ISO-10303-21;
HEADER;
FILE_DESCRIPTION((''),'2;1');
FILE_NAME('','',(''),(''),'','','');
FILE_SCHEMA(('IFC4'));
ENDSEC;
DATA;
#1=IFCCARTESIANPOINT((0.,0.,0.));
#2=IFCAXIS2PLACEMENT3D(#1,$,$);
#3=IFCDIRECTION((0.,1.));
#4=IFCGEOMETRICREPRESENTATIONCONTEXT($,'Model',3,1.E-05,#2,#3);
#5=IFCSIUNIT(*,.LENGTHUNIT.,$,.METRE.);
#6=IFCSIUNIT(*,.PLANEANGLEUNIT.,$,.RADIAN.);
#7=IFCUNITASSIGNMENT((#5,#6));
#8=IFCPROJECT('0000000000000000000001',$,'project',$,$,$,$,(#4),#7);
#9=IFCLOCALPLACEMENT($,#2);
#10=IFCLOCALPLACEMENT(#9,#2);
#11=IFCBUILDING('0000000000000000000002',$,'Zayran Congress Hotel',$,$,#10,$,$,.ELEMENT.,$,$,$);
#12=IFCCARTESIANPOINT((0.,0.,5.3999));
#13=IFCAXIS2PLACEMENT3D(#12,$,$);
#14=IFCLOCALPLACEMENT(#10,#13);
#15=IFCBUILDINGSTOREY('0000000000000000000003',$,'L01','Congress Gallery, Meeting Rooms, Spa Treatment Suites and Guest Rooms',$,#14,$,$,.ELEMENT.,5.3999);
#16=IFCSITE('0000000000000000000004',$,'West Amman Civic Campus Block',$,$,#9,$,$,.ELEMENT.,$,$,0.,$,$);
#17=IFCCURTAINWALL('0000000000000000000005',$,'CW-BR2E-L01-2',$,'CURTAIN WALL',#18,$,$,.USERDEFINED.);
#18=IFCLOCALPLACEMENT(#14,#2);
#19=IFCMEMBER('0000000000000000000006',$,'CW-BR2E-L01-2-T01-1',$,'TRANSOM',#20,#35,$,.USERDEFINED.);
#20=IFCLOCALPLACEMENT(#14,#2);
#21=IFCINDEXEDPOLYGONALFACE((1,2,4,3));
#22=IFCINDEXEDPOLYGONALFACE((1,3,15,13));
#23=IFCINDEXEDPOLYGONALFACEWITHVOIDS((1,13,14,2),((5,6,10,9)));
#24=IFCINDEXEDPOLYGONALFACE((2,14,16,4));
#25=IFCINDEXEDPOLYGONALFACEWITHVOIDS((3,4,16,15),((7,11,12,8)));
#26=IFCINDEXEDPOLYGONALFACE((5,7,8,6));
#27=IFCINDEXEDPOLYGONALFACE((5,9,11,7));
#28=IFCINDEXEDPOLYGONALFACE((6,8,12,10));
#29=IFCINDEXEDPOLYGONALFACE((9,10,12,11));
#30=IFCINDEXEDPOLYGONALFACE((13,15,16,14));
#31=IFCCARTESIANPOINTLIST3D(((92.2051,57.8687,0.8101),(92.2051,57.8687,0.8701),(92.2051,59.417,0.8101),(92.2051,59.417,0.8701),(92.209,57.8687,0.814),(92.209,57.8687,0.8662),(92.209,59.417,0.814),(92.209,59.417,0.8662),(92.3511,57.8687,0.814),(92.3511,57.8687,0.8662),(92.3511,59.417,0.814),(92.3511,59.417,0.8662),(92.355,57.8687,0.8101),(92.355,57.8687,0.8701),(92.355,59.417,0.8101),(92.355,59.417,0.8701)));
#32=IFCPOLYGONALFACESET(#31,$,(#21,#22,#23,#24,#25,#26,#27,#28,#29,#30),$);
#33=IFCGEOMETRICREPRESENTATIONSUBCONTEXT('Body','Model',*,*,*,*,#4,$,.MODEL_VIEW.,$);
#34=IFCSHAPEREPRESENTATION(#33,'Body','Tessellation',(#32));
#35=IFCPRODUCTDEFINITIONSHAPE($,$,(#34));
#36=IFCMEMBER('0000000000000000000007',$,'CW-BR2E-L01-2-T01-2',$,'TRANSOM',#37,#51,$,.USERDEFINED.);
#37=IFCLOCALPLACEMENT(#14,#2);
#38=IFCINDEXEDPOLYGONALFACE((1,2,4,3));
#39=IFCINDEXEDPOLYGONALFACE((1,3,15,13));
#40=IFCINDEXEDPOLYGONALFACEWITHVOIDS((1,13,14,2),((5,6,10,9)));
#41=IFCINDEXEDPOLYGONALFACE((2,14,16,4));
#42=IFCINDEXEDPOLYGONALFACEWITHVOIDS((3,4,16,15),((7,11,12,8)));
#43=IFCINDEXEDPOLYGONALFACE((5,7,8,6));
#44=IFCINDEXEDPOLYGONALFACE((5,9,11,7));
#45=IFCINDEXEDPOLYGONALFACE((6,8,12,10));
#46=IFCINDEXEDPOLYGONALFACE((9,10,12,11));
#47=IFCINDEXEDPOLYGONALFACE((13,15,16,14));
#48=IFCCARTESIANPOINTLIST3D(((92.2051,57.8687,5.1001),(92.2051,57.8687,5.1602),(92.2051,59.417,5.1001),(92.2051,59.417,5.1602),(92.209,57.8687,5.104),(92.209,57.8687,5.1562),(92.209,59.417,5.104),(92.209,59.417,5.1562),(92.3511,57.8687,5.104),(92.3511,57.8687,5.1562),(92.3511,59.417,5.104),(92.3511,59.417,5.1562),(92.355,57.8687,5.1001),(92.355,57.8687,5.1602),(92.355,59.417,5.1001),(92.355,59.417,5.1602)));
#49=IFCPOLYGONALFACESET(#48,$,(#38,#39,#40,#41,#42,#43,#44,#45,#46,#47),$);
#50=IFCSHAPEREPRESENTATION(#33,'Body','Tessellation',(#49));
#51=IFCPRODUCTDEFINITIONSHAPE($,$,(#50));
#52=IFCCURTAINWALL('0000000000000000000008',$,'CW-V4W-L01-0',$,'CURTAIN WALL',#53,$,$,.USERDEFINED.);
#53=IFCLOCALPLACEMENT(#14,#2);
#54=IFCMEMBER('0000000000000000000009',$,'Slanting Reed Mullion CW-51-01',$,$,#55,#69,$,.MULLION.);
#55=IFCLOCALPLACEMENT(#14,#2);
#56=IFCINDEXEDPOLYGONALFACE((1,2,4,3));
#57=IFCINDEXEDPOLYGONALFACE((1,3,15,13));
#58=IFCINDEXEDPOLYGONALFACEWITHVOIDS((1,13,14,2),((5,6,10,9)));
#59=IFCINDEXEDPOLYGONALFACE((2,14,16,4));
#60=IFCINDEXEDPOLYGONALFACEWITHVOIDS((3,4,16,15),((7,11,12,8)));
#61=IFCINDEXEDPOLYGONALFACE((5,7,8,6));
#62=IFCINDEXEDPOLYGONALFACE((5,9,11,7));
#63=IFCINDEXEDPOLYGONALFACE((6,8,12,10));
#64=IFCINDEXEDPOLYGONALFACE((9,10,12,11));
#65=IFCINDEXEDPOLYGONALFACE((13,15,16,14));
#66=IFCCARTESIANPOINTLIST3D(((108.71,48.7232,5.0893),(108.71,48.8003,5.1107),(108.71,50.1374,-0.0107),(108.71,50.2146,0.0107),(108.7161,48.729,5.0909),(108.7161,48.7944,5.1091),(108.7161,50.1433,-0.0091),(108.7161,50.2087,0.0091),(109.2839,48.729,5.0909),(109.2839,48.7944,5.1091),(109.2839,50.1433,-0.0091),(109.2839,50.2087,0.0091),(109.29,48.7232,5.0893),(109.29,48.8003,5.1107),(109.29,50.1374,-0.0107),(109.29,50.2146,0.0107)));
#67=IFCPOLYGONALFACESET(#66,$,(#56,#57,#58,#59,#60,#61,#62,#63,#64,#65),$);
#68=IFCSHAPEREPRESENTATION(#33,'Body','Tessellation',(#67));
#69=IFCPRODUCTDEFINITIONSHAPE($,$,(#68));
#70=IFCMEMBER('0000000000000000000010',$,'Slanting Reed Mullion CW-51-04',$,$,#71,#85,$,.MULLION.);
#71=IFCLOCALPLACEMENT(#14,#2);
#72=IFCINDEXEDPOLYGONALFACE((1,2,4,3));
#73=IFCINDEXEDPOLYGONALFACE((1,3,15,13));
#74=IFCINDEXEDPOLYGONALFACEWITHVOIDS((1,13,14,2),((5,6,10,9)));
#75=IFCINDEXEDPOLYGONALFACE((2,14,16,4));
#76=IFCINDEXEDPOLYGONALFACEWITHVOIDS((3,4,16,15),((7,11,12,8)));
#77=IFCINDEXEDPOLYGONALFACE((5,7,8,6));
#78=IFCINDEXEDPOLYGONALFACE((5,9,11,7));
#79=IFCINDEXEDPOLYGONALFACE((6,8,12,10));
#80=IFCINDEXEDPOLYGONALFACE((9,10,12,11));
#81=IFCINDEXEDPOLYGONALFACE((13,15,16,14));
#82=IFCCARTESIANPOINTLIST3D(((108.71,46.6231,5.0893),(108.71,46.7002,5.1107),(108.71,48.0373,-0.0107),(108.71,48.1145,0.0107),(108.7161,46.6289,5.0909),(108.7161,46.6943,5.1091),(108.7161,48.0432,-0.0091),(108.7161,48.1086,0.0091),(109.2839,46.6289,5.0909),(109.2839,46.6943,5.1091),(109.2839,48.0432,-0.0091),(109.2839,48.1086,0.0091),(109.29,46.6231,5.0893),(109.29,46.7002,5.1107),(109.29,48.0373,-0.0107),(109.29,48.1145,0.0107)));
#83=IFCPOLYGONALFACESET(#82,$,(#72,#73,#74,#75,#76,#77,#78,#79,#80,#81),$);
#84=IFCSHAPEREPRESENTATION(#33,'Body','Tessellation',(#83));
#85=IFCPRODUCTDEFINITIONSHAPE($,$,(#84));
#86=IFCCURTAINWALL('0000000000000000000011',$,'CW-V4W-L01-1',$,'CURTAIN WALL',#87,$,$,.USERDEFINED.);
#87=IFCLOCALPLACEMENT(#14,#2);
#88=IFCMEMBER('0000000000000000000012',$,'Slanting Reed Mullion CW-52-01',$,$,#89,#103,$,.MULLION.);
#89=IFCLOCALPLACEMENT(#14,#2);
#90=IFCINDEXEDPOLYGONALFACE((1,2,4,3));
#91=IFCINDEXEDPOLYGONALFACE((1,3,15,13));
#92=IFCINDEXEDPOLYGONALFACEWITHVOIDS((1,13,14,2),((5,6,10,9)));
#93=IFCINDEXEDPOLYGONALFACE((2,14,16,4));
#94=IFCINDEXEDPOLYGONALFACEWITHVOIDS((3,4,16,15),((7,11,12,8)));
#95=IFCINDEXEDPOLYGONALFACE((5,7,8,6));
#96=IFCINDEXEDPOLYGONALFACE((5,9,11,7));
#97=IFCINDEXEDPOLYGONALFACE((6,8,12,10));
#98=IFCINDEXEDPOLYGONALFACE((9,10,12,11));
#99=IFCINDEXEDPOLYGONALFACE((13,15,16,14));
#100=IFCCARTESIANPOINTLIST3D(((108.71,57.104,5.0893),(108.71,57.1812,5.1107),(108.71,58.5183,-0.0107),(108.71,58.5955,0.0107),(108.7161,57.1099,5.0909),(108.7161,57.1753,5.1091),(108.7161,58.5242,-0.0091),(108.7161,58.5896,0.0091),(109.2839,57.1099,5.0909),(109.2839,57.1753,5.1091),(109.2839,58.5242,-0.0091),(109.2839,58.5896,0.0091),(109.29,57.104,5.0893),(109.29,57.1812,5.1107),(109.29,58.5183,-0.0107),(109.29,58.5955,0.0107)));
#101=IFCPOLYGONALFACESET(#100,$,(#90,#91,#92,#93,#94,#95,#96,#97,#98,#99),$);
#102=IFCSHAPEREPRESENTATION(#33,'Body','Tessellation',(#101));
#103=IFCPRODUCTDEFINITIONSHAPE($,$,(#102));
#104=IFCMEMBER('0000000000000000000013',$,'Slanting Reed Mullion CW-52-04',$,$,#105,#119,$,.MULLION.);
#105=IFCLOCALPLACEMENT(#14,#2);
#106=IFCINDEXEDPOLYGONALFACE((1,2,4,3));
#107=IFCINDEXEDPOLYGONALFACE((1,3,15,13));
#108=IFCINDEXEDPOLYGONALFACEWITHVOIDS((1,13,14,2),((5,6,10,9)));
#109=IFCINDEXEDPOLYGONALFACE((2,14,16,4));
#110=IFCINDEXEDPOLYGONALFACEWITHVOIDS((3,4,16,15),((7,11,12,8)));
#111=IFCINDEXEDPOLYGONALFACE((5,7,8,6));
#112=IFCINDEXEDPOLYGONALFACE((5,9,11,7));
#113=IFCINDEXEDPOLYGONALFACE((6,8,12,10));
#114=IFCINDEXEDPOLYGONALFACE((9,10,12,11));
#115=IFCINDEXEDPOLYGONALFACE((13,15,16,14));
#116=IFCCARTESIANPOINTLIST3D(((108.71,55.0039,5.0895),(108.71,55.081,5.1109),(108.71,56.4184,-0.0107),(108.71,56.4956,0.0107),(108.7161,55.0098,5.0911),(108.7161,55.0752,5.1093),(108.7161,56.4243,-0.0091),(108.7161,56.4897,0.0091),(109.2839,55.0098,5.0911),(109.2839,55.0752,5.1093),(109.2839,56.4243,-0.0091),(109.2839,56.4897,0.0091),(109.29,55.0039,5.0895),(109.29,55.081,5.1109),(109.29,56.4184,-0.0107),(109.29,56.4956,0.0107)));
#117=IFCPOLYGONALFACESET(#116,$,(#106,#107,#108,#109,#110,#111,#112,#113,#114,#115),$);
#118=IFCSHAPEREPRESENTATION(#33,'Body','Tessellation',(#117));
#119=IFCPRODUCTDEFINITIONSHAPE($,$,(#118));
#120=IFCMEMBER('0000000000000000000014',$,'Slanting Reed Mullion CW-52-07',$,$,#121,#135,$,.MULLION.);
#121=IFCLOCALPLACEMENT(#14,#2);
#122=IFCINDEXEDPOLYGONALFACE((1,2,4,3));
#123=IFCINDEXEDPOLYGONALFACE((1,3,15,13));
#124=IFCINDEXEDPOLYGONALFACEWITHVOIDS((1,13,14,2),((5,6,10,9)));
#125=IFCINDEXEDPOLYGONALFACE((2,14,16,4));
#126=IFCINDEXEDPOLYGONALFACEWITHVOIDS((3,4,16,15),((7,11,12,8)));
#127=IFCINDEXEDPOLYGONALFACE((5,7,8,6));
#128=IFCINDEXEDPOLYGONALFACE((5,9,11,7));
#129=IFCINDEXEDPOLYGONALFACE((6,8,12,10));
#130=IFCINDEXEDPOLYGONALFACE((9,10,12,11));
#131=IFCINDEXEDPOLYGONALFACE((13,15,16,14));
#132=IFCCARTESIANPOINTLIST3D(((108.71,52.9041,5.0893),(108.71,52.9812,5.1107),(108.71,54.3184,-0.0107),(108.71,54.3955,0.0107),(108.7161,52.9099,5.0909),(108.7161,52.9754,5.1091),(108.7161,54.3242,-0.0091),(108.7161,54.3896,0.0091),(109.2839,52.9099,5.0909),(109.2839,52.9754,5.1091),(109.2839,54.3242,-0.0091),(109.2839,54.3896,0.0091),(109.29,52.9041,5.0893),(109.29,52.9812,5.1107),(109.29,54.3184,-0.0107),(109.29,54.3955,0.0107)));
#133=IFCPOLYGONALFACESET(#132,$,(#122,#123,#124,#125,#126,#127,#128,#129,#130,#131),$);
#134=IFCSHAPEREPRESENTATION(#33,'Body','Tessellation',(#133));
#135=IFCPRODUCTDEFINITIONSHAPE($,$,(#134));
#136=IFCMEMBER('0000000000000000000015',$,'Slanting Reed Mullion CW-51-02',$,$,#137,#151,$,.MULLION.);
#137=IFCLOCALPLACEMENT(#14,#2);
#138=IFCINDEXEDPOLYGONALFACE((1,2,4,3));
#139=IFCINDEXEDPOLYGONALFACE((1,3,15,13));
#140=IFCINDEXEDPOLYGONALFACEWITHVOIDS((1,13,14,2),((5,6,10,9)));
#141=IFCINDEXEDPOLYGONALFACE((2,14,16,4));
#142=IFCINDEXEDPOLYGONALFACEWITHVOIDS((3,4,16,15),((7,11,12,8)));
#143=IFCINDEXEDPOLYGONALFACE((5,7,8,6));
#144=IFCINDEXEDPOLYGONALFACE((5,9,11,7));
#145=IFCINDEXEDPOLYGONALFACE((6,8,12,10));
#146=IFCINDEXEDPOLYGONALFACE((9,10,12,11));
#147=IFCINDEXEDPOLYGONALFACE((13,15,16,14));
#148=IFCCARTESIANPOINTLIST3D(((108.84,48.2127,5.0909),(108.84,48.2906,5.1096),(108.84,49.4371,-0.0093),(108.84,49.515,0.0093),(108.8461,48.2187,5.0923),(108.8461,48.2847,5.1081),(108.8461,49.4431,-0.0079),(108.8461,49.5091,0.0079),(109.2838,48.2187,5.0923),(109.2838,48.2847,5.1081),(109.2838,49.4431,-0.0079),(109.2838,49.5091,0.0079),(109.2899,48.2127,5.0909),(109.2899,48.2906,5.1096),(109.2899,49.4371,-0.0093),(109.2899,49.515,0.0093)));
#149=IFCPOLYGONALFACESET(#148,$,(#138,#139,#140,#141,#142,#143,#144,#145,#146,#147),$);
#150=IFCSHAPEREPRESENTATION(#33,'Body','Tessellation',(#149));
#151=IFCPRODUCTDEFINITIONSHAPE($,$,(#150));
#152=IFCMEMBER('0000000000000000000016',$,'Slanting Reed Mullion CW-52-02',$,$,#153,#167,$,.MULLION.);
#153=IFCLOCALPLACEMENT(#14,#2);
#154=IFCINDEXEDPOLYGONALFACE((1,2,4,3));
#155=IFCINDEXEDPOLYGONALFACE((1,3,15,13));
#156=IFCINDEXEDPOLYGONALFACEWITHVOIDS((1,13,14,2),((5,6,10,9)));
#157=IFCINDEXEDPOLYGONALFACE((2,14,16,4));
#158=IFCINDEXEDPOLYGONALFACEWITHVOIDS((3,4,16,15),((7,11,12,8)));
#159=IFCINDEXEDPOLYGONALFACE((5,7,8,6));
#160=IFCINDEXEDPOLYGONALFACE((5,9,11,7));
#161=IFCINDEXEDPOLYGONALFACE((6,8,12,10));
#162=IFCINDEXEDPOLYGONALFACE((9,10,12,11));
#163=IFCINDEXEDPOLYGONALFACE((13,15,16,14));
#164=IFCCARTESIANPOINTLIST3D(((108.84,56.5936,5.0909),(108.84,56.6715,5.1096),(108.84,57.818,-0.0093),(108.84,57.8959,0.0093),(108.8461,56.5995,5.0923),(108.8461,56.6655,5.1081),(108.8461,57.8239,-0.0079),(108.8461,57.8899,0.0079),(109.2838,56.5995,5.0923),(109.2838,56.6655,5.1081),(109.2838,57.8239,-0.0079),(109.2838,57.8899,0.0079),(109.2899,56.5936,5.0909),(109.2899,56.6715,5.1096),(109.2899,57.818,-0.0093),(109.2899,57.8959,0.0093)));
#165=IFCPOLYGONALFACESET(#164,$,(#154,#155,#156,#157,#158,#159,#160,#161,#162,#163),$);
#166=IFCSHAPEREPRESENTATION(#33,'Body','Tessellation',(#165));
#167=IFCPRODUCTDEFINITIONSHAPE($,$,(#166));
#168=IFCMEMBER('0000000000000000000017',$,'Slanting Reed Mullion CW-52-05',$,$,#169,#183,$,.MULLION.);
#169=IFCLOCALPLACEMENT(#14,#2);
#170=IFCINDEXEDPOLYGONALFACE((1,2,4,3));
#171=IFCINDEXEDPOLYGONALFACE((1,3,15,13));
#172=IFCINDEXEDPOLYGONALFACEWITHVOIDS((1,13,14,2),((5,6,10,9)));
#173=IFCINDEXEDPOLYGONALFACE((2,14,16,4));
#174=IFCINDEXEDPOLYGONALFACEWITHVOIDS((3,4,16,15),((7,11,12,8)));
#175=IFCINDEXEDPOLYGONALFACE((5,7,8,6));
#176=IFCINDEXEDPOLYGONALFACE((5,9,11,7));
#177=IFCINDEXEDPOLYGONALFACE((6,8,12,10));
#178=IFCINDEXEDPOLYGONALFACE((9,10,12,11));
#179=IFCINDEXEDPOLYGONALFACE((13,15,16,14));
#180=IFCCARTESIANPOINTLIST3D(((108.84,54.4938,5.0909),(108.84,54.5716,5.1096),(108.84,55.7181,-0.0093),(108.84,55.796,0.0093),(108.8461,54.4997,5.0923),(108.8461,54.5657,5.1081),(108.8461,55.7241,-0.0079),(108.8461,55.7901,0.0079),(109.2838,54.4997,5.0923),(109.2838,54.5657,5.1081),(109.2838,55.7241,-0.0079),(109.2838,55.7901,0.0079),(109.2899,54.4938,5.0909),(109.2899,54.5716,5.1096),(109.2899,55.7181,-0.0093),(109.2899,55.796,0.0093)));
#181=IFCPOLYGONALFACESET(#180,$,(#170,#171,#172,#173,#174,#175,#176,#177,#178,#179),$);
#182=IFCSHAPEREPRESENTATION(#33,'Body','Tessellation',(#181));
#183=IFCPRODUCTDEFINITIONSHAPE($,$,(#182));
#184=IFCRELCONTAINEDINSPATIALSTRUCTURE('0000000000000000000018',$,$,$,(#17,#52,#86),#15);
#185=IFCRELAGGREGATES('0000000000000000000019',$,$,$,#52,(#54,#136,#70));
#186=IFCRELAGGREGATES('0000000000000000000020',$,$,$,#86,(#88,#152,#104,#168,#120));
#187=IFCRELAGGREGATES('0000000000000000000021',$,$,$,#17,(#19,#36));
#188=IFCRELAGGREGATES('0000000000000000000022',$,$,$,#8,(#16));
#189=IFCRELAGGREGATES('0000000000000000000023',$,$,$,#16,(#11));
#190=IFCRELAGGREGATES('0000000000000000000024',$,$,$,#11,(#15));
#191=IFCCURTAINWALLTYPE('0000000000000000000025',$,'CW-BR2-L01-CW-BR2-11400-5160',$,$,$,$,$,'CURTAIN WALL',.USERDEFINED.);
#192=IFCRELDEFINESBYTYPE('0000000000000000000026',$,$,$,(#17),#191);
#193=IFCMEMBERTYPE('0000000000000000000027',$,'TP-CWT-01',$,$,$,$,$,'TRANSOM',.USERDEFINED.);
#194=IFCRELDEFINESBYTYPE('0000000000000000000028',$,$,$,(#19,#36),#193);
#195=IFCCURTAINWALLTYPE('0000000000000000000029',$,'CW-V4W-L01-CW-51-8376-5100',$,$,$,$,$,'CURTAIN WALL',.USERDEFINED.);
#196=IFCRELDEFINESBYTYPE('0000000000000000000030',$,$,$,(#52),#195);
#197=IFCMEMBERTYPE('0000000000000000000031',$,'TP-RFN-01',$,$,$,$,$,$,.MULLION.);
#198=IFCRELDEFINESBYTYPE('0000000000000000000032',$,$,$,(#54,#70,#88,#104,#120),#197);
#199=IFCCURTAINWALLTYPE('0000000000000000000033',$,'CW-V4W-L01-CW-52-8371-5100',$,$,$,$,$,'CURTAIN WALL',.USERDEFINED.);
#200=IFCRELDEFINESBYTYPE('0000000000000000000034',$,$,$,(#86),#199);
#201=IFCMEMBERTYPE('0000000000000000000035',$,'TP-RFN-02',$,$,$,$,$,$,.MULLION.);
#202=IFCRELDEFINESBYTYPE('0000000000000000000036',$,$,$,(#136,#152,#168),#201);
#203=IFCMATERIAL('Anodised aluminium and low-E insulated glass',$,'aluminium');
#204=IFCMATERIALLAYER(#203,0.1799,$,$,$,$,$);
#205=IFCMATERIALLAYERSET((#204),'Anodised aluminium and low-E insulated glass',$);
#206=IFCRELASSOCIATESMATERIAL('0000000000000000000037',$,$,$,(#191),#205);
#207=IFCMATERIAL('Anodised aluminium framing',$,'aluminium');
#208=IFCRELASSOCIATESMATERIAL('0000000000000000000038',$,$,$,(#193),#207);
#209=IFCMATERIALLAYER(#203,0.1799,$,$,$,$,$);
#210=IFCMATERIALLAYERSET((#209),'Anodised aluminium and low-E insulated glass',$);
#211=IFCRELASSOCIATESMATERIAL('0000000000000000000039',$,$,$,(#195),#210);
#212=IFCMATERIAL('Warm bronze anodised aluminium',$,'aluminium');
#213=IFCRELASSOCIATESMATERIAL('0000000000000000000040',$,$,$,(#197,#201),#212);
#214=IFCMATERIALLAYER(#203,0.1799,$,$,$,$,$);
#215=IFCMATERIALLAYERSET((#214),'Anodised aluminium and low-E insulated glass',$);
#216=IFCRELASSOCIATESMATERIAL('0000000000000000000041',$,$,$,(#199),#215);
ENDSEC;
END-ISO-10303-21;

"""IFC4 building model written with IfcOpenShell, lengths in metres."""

from ifc_helpers import new_model, si_unit, direction, frame, origin, origin_2d, place, context, subcontext, project, spatial, hollow_rectangle, extrude, material, layer, layer_set, material_profile, profile_set, type_object, element, aggregate, save


model = new_model("IFC4")

# Units and contexts
model_context = context("Model", 3, precision=1e-05, world=origin(), true_north=direction((0.0, 1.0)))
body_context = subcontext(model_context, "Body", "Model", "MODEL_VIEW")
ifc_project = project(units=[si_unit("LENGTHUNIT", "METRE"), si_unit("PLANEANGLEUNIT", "RADIAN")], contexts=[model_context])

# Site, building, storey
site_placement = place(None, origin())
site = spatial("IfcSite", under=ifc_project, at=site_placement, Name="West Amman Civic Campus Block", CompositionType="ELEMENT", RefElevation=0.0)
building_placement = place(site_placement, origin())
building = spatial("IfcBuilding", under=site, at=building_placement, Name="Zayran Congress Hotel", CompositionType="ELEMENT")
storey_placement = place(building_placement, frame((0.0, 0.0, 5.3999)))
storey = spatial("IfcBuildingStorey", under=building, at=storey_placement, Name="L01", Description="Congress Gallery, Meeting Rooms, Spa Treatment Suites and Guest Rooms", CompositionType="ELEMENT", Elevation=5.3999)

# Curtain wall
ifc_material_1 = material(Name="Anodised aluminium and low-E insulated glass", Category="aluminium")
ifc_material_2 = material(Name="Anodised aluminium framing", Category="aluminium")
ifc_layer_1 = layer(ifc_material_1, 0.1799)
ifc_layer_set_1 = layer_set([ifc_layer_1], Name="Anodised aluminium and low-E insulated glass")
curtain_wall_type_1 = type_object("IfcCurtainWallType", Name="CW-BR2-L01-CW-BR2-11400-5160", ElementType="CURTAIN WALL", PredefinedType="USERDEFINED", material=ifc_layer_set_1)
curtain_wall_1_placement = place(storey_placement, origin())
curtain_wall_1 = element("IfcCurtainWall", 1, at=curtain_wall_1_placement, inside=storey, type_object=curtain_wall_type_1, Name="CW-BR2E-L01-2", ObjectType="CURTAIN WALL", PredefinedType="USERDEFINED")

# Members
ifc_material_profile_1 = material_profile(ifc_material_2, hollow_rectangle(XDim=0.0601, YDim=0.1499, WallThickness=0.0039, at=origin_2d()), Name="RHS 150x60x4")
ifc_profile_set_1 = profile_set([ifc_material_profile_1], Name="Anodised aluminium framing")
member_type_1 = type_object("IfcMemberType", Name="TP-CWT-01", ElementType="TRANSOM", PredefinedType="USERDEFINED", material=ifc_profile_set_1)
member_1_placement = place(storey_placement, frame((92.28, 57.8687, 0.8401), z_axis=(0.0, 1.0, 0.0), x_axis=(0.0, 0.0, 1.0)))
member_1 = element("IfcMember", 2, at=member_1_placement, type_object=member_type_1, Name="CW-BR2E-L01-2-T01-1", ObjectType="TRANSOM", PredefinedType="USERDEFINED", context=body_context, shape_type="SweptSolid", body=[
    extrude(hollow_rectangle(XDim=0.0601, YDim=0.1499, WallThickness=0.0039, at=origin_2d()), origin(), (0.0, 0.0, 1.0), 1.5483),
])
member_2_placement = place(storey_placement, frame((92.28, 57.8687, 5.1301), z_axis=(0.0, 1.0, 0.0), x_axis=(0.0, 0.0, 1.0)))
member_2 = element("IfcMember", 3, at=member_2_placement, type_object=member_type_1, Name="CW-BR2E-L01-2-T01-2", ObjectType="TRANSOM", PredefinedType="USERDEFINED", context=body_context, shape_type="SweptSolid", body=[
    extrude(hollow_rectangle(XDim=0.0601, YDim=0.1499, WallThickness=0.0039, at=origin_2d()), origin(), (0.0, 0.0, 1.0), 1.5483),
])

# Curtain walls, members
ifc_layer_2 = layer(ifc_material_1, 0.1799)
ifc_layer_set_2 = layer_set([ifc_layer_2], Name="Anodised aluminium and low-E insulated glass")
curtain_wall_type_2 = type_object("IfcCurtainWallType", Name="CW-V4W-L01-CW-51-8376-5100", ElementType="CURTAIN WALL", PredefinedType="USERDEFINED", material=ifc_layer_set_2)
curtain_wall_2_placement = place(storey_placement, origin())
curtain_wall_2 = element("IfcCurtainWall", 4, at=curtain_wall_2_placement, inside=storey, type_object=curtain_wall_type_2, Name="CW-V4W-L01-0", ObjectType="CURTAIN WALL", PredefinedType="USERDEFINED")
ifc_material_3 = material(Name="Warm bronze anodised aluminium", Category="aluminium")
ifc_material_profile_2 = material_profile(ifc_material_3, hollow_rectangle(XDim=0.0801, YDim=0.5801, WallThickness=0.0061, at=origin_2d()), Name="RHS 580x80x6")
ifc_profile_set_2 = profile_set([ifc_material_profile_2], Name="Warm bronze anodised aluminium")
member_type_2 = type_object("IfcMemberType", Name="TP-RFN-01", PredefinedType="MULLION", material=ifc_profile_set_2)
member_3_placement = place(storey_placement, frame((109.0, 50.176, 0.0), z_axis=(0.0, -0.267225, 0.963634), x_axis=(0.0, 0.963634, 0.267225)))
member_3 = element("IfcMember", 5, at=member_3_placement, type_object=member_type_2, Name="Slanting Reed Mullion CW-51-01", PredefinedType="MULLION", context=body_context, shape_type="SweptSolid", body=[
    extrude(hollow_rectangle(XDim=0.0801, YDim=0.5801, WallThickness=0.0061, at=origin_2d()), origin(), (0.0, 0.0, 1.0), 5.2925),
])
member_4_placement = place(storey_placement, frame((109.0, 48.0759, 0.0), z_axis=(0.0, -0.267225, 0.963634), x_axis=(0.0, 0.963634, 0.267225)))
member_4 = element("IfcMember", 6, at=member_4_placement, type_object=member_type_2, Name="Slanting Reed Mullion CW-51-04", PredefinedType="MULLION", context=body_context, shape_type="SweptSolid", body=[
    extrude(hollow_rectangle(XDim=0.0801, YDim=0.5801, WallThickness=0.0061, at=origin_2d()), origin(), (0.0, 0.0, 1.0), 5.2925),
])
ifc_layer_3 = layer(ifc_material_1, 0.1799)
ifc_layer_set_3 = layer_set([ifc_layer_3], Name="Anodised aluminium and low-E insulated glass")
curtain_wall_type_3 = type_object("IfcCurtainWallType", Name="CW-V4W-L01-CW-52-8371-5100", ElementType="CURTAIN WALL", PredefinedType="USERDEFINED", material=ifc_layer_set_3)
curtain_wall_3_placement = place(storey_placement, origin())
curtain_wall_3 = element("IfcCurtainWall", 7, at=curtain_wall_3_placement, inside=storey, type_object=curtain_wall_type_3, Name="CW-V4W-L01-1", ObjectType="CURTAIN WALL", PredefinedType="USERDEFINED")
member_5_placement = place(storey_placement, frame((109.0, 58.5569, 0.0), z_axis=(0.0, -0.267225, 0.963634), x_axis=(0.0, 0.963634, 0.267225)))
member_5 = element("IfcMember", 8, at=member_5_placement, type_object=member_type_2, Name="Slanting Reed Mullion CW-52-01", PredefinedType="MULLION", context=body_context, shape_type="SweptSolid", body=[
    extrude(hollow_rectangle(XDim=0.0801, YDim=0.5801, WallThickness=0.0061, at=origin_2d()), origin(), (0.0, 0.0, 1.0), 5.2925),
])
member_6_placement = place(storey_placement, frame((109.0, 56.457, 0.0), z_axis=(0.0, -0.267268, 0.963622), x_axis=(0.0, 0.963622, 0.267268)))
member_6 = element("IfcMember", 9, at=member_6_placement, type_object=member_type_2, Name="Slanting Reed Mullion CW-52-04", PredefinedType="MULLION", context=body_context, shape_type="SweptSolid", body=[
    extrude(hollow_rectangle(XDim=0.0801, YDim=0.5801, WallThickness=0.0061, at=origin_2d()), origin(), (0.0, 0.0, 1.0), 5.2927),
])
member_7_placement = place(storey_placement, frame((109.0, 54.3569, 0.0), z_axis=(0.0, -0.267225, 0.963634), x_axis=(0.0, 0.963634, 0.267225)))
member_7 = element("IfcMember", 10, at=member_7_placement, type_object=member_type_2, Name="Slanting Reed Mullion CW-52-07", PredefinedType="MULLION", context=body_context, shape_type="SweptSolid", body=[
    extrude(hollow_rectangle(XDim=0.0801, YDim=0.5801, WallThickness=0.0061, at=origin_2d()), origin(), (0.0, 0.0, 1.0), 5.2925),
])

# Members
ifc_material_profile_3 = material_profile(ifc_material_3, hollow_rectangle(XDim=0.0801, YDim=0.45, WallThickness=0.0061, at=origin_2d()), Name="RHS 450x80x6")
ifc_profile_set_3 = profile_set([ifc_material_profile_3], Name="Warm bronze anodised aluminium")
member_type_3 = type_object("IfcMemberType", Name="TP-RFN-02", PredefinedType="MULLION", material=ifc_profile_set_3)
member_8_placement = place(storey_placement, frame((109.0649, 49.4761, 0.0), z_axis=(0.0, -0.233435, 0.972373), x_axis=(0.0, 0.972373, 0.233435)))
member_8 = element("IfcMember", 11, at=member_8_placement, type_object=member_type_3, Name="Slanting Reed Mullion CW-51-02", PredefinedType="MULLION", context=body_context, shape_type="SweptSolid", body=[
    extrude(hollow_rectangle(XDim=0.0801, YDim=0.45, WallThickness=0.0061, at=origin_2d()), origin(), (0.0, 0.0, 1.0), 5.2451),
])
member_9_placement = place(storey_placement, frame((109.0649, 57.8569, 0.0), z_axis=(0.0, -0.233435, 0.972373), x_axis=(0.0, 0.972373, 0.233435)))
member_9 = element("IfcMember", 12, at=member_9_placement, type_object=member_type_3, Name="Slanting Reed Mullion CW-52-02", PredefinedType="MULLION", context=body_context, shape_type="SweptSolid", body=[
    extrude(hollow_rectangle(XDim=0.0801, YDim=0.45, WallThickness=0.0061, at=origin_2d()), origin(), (0.0, 0.0, 1.0), 5.2451),
])
member_10_placement = place(storey_placement, frame((109.0649, 55.7571, 0.0), z_axis=(0.0, -0.233435, 0.972373), x_axis=(0.0, 0.972373, 0.233435)))
member_10 = element("IfcMember", 13, at=member_10_placement, type_object=member_type_3, Name="Slanting Reed Mullion CW-52-05", PredefinedType="MULLION", context=body_context, shape_type="SweptSolid", body=[
    extrude(hollow_rectangle(XDim=0.0801, YDim=0.45, WallThickness=0.0061, at=origin_2d()), origin(), (0.0, 0.0, 1.0), 5.2451),
])
aggregate(curtain_wall_2, [member_3, member_8, member_4])
aggregate(curtain_wall_3, [member_5, member_9, member_6, member_10, member_7])

aggregate(curtain_wall_1, [member_1, member_2])

save(model, "model.ifc")
